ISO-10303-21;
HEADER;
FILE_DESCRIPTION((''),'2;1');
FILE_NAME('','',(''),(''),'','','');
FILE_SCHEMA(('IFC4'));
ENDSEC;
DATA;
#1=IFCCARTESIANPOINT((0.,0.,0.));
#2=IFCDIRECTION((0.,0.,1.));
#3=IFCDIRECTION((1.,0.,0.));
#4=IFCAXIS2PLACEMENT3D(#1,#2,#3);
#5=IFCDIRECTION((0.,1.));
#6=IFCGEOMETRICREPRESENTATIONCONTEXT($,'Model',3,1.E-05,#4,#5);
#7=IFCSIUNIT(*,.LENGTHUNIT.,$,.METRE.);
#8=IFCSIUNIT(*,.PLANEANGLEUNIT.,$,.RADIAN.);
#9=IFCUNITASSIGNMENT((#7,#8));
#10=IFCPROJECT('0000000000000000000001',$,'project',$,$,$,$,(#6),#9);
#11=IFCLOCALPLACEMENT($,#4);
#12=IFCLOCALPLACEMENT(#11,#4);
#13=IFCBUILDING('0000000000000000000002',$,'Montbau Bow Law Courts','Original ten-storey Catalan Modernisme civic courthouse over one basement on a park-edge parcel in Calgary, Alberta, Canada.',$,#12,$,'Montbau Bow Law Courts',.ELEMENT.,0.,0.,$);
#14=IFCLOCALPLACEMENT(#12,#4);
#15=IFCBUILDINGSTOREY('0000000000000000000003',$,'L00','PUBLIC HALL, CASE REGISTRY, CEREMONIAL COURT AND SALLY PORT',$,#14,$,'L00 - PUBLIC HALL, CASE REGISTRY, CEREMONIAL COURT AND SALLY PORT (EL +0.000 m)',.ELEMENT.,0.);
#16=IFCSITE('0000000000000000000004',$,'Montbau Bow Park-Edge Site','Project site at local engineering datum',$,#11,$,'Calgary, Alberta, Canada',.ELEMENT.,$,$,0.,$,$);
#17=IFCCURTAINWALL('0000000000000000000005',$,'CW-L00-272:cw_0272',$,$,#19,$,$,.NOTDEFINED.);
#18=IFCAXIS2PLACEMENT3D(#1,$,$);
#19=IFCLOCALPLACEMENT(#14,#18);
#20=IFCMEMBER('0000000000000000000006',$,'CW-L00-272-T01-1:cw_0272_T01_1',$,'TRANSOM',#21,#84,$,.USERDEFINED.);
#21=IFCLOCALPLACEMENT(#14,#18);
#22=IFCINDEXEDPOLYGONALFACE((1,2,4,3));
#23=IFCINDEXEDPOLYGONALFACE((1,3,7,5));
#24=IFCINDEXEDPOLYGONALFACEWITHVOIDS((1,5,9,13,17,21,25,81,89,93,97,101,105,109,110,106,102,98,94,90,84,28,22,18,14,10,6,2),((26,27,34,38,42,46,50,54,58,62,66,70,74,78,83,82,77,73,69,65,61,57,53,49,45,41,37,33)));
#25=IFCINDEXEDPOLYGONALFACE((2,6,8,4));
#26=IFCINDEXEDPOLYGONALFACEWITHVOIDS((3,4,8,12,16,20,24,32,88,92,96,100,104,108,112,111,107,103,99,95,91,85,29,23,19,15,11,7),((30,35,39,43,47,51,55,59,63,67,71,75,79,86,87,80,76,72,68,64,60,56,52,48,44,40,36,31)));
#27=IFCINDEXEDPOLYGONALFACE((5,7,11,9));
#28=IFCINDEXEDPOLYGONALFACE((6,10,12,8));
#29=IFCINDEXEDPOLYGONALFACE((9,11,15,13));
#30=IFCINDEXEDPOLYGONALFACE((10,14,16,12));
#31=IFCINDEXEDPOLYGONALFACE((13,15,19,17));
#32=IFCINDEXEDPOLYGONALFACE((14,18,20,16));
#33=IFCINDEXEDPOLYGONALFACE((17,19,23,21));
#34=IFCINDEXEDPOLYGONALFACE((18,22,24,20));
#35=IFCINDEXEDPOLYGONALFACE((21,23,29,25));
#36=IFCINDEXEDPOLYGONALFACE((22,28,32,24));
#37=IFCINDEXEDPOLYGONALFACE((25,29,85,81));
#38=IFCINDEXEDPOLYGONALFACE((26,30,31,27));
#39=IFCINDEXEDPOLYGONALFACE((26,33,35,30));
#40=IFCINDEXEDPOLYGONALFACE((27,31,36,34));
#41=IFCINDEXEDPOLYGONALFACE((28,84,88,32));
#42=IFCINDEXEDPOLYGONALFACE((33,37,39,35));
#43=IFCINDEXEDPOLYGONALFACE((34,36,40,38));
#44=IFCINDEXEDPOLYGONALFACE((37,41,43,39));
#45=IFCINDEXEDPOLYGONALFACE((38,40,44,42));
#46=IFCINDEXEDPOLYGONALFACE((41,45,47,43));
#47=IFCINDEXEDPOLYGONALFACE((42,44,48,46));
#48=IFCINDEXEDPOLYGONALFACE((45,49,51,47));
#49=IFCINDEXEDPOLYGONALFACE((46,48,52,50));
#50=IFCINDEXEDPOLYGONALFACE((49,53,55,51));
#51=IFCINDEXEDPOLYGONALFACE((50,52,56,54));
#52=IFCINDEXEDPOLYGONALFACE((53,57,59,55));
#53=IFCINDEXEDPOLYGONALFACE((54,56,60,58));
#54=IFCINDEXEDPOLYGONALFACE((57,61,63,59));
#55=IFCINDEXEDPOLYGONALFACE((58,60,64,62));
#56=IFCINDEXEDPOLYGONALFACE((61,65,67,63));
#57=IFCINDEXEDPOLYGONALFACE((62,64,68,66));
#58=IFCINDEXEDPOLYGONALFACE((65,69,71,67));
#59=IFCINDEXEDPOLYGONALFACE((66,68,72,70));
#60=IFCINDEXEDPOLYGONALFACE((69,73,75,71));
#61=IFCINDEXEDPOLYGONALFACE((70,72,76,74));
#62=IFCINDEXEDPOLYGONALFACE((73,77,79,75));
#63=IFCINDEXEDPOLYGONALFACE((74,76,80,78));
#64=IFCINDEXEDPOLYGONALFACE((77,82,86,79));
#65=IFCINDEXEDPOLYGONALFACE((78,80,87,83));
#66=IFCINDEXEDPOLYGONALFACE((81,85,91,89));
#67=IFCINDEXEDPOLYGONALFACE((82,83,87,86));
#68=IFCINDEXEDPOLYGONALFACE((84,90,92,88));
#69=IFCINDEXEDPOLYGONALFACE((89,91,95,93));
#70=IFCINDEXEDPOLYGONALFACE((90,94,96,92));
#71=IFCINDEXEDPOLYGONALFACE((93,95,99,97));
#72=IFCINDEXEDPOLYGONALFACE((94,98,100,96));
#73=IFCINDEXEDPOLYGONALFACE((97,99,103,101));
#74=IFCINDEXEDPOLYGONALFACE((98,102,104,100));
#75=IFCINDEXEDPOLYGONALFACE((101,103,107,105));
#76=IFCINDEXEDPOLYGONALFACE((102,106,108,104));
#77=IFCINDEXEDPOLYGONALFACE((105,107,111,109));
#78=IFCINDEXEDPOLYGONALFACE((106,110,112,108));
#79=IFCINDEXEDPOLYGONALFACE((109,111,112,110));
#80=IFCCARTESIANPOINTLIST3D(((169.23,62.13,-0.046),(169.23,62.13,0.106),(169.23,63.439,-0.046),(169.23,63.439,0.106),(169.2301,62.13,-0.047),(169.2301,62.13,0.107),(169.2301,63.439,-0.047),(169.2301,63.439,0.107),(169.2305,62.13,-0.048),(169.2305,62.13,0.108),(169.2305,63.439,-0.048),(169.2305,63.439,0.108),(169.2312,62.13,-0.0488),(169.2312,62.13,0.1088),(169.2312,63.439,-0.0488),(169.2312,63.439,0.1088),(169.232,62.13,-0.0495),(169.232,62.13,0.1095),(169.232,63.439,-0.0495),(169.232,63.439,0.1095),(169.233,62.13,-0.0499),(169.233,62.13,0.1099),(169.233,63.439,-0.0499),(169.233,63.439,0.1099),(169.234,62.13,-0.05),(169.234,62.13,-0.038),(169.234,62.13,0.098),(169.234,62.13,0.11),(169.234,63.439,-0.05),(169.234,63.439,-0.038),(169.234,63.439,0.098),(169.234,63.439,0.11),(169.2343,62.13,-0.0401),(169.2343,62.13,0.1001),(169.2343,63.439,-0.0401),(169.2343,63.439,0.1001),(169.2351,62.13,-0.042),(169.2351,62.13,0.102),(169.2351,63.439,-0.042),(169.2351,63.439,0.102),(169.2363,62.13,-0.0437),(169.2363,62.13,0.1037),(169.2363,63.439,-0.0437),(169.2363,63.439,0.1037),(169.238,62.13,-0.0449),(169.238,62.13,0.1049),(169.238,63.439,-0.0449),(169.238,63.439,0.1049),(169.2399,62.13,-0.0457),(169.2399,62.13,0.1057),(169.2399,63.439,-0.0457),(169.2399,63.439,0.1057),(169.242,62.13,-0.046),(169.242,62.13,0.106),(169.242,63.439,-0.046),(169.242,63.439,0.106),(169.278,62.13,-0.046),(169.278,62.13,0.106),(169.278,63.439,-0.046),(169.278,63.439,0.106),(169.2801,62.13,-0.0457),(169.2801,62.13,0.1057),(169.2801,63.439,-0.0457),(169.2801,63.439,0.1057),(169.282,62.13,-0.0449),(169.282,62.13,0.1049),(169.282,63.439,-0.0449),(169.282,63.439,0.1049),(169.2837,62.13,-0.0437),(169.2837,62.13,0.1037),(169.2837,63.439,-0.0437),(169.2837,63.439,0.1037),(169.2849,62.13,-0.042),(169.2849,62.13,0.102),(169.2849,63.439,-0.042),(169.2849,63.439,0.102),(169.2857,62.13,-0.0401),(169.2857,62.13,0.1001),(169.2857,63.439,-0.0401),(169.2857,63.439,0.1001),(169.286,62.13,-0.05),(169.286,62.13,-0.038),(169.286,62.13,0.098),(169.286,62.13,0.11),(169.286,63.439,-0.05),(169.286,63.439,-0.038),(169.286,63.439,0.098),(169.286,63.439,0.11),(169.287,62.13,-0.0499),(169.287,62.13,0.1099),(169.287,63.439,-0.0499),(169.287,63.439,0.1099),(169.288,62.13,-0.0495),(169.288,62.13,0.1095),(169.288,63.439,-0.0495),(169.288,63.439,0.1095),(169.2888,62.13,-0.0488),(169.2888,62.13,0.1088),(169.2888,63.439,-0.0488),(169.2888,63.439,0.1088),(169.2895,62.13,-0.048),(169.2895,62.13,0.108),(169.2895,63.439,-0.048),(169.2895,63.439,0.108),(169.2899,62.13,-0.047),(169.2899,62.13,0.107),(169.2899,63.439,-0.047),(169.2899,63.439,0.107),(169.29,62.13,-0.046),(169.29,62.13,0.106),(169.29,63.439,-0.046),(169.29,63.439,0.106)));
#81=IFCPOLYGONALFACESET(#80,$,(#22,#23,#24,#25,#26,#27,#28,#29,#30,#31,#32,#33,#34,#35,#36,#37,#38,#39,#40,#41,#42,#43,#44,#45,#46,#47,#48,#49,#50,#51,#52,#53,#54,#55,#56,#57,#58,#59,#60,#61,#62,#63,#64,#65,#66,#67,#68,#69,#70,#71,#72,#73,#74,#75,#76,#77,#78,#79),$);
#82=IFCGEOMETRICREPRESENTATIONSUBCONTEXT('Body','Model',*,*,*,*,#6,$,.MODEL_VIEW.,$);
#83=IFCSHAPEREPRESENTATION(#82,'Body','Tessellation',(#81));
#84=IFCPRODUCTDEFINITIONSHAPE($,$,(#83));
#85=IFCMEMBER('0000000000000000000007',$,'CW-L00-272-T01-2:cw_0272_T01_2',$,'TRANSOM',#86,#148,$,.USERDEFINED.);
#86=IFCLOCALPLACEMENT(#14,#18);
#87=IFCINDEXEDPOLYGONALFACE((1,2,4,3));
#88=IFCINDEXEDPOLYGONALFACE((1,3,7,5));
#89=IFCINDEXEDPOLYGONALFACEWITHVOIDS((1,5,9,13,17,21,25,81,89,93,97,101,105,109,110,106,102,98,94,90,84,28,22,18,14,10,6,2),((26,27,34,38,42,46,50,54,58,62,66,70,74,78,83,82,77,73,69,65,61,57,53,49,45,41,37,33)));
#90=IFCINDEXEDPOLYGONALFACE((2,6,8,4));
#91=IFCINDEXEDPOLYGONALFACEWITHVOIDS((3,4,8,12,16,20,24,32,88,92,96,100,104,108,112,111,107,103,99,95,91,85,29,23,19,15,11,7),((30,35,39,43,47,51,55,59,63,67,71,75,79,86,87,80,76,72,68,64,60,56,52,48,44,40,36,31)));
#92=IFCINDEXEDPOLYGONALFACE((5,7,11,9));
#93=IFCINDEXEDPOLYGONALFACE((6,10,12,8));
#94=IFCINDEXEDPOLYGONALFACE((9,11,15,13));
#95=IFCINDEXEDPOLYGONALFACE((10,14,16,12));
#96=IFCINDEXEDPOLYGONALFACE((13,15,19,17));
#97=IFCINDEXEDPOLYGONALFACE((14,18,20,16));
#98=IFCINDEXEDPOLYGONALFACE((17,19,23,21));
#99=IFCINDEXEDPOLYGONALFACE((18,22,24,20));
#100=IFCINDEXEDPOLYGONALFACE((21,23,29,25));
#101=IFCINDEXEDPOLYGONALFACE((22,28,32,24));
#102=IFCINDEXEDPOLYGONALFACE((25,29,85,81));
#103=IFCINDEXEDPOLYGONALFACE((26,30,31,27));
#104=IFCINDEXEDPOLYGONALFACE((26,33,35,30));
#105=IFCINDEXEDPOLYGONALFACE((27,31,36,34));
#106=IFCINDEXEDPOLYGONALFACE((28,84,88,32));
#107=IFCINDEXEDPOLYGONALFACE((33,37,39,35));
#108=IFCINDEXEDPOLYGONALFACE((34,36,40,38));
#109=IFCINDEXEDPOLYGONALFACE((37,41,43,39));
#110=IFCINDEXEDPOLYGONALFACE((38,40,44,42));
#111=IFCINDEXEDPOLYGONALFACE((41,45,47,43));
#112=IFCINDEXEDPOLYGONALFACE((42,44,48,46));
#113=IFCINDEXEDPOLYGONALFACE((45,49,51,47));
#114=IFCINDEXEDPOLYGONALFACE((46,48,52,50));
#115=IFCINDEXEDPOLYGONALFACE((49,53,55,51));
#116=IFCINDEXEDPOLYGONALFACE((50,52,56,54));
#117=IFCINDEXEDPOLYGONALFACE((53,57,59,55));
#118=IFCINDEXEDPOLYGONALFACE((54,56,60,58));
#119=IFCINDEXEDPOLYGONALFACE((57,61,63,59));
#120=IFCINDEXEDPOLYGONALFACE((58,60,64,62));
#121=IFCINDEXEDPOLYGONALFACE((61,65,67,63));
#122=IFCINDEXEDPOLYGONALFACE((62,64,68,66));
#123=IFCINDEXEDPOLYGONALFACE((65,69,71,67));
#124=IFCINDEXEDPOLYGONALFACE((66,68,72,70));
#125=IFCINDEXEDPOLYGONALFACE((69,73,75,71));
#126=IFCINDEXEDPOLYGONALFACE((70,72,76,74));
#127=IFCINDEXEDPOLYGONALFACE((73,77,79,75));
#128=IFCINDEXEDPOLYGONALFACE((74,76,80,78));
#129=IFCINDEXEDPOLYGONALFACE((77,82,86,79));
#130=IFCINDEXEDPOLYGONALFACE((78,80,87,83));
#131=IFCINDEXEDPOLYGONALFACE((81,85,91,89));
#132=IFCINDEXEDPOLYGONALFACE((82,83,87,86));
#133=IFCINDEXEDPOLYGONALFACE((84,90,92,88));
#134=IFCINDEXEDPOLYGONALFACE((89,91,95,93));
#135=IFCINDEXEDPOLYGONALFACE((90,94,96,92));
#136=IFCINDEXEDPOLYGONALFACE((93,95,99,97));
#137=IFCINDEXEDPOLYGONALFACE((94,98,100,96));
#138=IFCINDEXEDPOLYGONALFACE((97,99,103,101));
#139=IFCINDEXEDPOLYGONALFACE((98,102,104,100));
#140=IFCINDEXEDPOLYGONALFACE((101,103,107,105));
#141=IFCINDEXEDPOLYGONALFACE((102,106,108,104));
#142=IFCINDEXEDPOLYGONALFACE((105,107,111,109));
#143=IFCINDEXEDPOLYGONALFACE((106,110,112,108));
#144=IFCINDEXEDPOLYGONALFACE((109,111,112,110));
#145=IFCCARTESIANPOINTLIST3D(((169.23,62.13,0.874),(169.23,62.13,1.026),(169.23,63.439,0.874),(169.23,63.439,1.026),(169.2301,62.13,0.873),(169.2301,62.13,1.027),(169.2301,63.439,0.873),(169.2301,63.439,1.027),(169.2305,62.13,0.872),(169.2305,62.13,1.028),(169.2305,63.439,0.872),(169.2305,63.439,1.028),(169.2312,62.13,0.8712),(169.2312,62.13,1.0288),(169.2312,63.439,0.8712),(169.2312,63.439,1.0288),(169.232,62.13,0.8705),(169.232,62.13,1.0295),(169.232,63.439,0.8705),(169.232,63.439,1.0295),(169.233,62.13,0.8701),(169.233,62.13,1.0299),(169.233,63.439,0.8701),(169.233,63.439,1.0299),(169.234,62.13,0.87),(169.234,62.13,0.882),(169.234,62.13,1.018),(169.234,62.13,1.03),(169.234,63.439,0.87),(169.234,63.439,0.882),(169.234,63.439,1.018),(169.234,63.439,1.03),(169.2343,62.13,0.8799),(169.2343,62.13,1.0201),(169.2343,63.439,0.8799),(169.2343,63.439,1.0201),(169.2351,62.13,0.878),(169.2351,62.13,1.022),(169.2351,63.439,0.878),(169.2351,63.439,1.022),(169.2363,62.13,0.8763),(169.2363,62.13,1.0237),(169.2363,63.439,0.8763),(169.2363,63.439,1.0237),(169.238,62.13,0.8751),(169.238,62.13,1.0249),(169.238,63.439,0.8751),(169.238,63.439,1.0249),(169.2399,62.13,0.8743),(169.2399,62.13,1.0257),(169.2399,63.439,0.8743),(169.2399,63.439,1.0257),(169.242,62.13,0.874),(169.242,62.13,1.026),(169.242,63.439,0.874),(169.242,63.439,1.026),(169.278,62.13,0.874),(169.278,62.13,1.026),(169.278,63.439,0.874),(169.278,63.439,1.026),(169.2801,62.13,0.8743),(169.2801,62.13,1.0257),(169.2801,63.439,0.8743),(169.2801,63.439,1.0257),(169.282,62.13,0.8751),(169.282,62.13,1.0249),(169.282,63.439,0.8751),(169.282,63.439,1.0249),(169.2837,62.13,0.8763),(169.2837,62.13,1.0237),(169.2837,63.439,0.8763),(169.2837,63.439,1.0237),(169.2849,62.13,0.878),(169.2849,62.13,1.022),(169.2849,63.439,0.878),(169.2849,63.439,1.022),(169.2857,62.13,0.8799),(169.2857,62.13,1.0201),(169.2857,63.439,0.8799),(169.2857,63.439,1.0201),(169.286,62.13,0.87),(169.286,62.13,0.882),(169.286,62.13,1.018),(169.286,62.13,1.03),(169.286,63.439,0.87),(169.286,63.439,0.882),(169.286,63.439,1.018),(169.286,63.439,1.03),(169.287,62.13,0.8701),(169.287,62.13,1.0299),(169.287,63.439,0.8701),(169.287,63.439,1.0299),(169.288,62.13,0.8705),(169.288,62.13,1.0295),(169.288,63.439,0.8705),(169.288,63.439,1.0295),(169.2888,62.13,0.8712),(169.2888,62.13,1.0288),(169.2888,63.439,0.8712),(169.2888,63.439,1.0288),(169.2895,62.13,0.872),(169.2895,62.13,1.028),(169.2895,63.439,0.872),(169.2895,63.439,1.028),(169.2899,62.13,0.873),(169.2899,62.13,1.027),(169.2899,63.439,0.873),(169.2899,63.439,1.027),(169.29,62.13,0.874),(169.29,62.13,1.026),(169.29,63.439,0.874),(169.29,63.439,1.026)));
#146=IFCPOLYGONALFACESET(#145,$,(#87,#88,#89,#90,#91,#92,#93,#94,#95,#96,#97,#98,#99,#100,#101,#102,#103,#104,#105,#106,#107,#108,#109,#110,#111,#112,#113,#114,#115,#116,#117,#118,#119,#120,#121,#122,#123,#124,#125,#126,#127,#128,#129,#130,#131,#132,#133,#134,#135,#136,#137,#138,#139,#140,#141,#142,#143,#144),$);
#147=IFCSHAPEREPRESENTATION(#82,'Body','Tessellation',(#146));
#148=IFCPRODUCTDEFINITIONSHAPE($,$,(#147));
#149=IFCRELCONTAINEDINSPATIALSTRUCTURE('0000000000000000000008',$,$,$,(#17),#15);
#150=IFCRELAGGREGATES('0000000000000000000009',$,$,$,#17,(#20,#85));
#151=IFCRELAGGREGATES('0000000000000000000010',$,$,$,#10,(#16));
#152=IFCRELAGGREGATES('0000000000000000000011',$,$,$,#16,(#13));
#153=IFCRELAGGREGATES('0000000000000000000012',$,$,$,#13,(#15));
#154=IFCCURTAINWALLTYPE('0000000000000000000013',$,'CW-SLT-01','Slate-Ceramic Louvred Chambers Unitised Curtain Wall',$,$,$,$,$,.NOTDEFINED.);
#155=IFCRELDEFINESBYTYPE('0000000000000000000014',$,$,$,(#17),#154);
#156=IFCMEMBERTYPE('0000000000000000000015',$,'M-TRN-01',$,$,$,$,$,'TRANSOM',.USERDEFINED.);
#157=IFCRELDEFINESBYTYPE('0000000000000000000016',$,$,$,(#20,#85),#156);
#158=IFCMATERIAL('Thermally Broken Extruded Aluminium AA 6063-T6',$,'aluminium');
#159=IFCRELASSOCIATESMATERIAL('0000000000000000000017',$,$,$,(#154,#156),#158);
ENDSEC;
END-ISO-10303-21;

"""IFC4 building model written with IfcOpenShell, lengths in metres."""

from ifc_helpers import new_model, si_unit, direction, frame, origin_with_axes, origin_2d_with_axis, place, context, subcontext, project, spatial, hollow_rectangle, extrude, material, material_profile, profile_set, type_object, element, aggregate, save


model = new_model("IFC4")

# Units and contexts
model_context = context("Model", 3, precision=1e-05, world=origin_with_axes(), true_north=direction((0.0, 1.0)))
body_context = subcontext(model_context, "Body", "Model", "MODEL_VIEW")
ifc_project = project(units=[si_unit("LENGTHUNIT", "METRE"), si_unit("PLANEANGLEUNIT", "RADIAN")], contexts=[model_context])

# Site, building, storey
site_placement = place(None, origin_with_axes())
site = spatial("IfcSite", under=ifc_project, at=site_placement, Name="Montbau Bow Park-Edge Site", Description="Project site at local engineering datum", LongName="Calgary, Alberta, Canada", CompositionType="ELEMENT", RefElevation=0.0)
building_placement = place(site_placement, origin_with_axes())
building = spatial("IfcBuilding", under=site, at=building_placement, Name="Montbau Bow Law Courts", Description="Original ten-storey Catalan Modernisme civic courthouse over one basement on a park-edge parcel in Calgary, Alberta, Canada.", LongName="Montbau Bow Law Courts", CompositionType="ELEMENT", ElevationOfRefHeight=0.0, ElevationOfTerrain=0.0)
storey_placement = place(building_placement, origin_with_axes())
storey = spatial("IfcBuildingStorey", under=building, at=storey_placement, Name="L00", Description="PUBLIC HALL, CASE REGISTRY, CEREMONIAL COURT AND SALLY PORT", LongName="L00 - PUBLIC HALL, CASE REGISTRY, CEREMONIAL COURT AND SALLY PORT (EL +0.000 m)", CompositionType="ELEMENT", Elevation=0.0)

# Curtain wall
ifc_material_1 = material(Name="Thermally Broken Extruded Aluminium AA 6063-T6", Category="aluminium")
curtain_wall_type = type_object("IfcCurtainWallType", Name="CW-SLT-01", Description="Slate-Ceramic Louvred Chambers Unitised Curtain Wall", PredefinedType="NOTDEFINED", material=ifc_material_1)
curtain_wall_1_placement = place(None, frame((169.26, 62.068, 0.0), z_axis=(0.0, 0.0, 1.0), x_axis=(1.0, 0.0, 0.0)))
curtain_wall_1 = element("IfcCurtainWall", 1, at=curtain_wall_1_placement, inside=storey, type_object=curtain_wall_type, Name="CW-L00-272:cw_0272", PredefinedType="NOTDEFINED")

# Members
ifc_material_profile_1 = material_profile(ifc_material_1, hollow_rectangle(XDim=0.06, YDim=0.16, WallThickness=0.004, InnerFilletRadius=0.008, OuterFilletRadius=0.004, at=origin_2d_with_axis()), Name="CWT-160X60", Category="Main", Priority=0)
ifc_profile_set_1 = profile_set([ifc_material_profile_1], Name="Thermally Broken Extruded Aluminium AA 6063-T6")
member_type_1 = type_object("IfcMemberType", Name="M-TRN-01", ElementType="TRANSOM", PredefinedType="USERDEFINED", material=ifc_profile_set_1)
member_1_placement = place(None, frame((169.26, 62.13, 0.03), z_axis=(0.0, 1.0, 0.0), x_axis=(-1.0, 0.0, 0.0)))
member_1 = element("IfcMember", 2, at=member_1_placement, type_object=member_type_1, Name="CW-L00-272-T01-1:cw_0272_T01_1", ObjectType="TRANSOM", PredefinedType="USERDEFINED", context=body_context, shape_type="SweptSolid", body=[
    extrude(hollow_rectangle(XDim=0.06, YDim=0.16, WallThickness=0.004, InnerFilletRadius=0.008, OuterFilletRadius=0.004, at=origin_2d_with_axis()), origin_with_axes(), (0.0, 0.0, 1.0), 1.309),
])
member_2_placement = place(None, frame((169.26, 62.13, 0.95), z_axis=(0.0, 1.0, 0.0), x_axis=(-1.0, 0.0, 0.0)))
member_2 = element("IfcMember", 3, at=member_2_placement, type_object=member_type_1, Name="CW-L00-272-T01-2:cw_0272_T01_2", ObjectType="TRANSOM", PredefinedType="USERDEFINED", context=body_context, shape_type="SweptSolid", body=[
    extrude(hollow_rectangle(XDim=0.06, YDim=0.16, WallThickness=0.004, InnerFilletRadius=0.008, OuterFilletRadius=0.004, at=origin_2d_with_axis()), origin_with_axes(), (0.0, 0.0, 1.0), 1.309),
])

aggregate(curtain_wall_1, [member_1, member_2])

save(model, "model.ifc")
